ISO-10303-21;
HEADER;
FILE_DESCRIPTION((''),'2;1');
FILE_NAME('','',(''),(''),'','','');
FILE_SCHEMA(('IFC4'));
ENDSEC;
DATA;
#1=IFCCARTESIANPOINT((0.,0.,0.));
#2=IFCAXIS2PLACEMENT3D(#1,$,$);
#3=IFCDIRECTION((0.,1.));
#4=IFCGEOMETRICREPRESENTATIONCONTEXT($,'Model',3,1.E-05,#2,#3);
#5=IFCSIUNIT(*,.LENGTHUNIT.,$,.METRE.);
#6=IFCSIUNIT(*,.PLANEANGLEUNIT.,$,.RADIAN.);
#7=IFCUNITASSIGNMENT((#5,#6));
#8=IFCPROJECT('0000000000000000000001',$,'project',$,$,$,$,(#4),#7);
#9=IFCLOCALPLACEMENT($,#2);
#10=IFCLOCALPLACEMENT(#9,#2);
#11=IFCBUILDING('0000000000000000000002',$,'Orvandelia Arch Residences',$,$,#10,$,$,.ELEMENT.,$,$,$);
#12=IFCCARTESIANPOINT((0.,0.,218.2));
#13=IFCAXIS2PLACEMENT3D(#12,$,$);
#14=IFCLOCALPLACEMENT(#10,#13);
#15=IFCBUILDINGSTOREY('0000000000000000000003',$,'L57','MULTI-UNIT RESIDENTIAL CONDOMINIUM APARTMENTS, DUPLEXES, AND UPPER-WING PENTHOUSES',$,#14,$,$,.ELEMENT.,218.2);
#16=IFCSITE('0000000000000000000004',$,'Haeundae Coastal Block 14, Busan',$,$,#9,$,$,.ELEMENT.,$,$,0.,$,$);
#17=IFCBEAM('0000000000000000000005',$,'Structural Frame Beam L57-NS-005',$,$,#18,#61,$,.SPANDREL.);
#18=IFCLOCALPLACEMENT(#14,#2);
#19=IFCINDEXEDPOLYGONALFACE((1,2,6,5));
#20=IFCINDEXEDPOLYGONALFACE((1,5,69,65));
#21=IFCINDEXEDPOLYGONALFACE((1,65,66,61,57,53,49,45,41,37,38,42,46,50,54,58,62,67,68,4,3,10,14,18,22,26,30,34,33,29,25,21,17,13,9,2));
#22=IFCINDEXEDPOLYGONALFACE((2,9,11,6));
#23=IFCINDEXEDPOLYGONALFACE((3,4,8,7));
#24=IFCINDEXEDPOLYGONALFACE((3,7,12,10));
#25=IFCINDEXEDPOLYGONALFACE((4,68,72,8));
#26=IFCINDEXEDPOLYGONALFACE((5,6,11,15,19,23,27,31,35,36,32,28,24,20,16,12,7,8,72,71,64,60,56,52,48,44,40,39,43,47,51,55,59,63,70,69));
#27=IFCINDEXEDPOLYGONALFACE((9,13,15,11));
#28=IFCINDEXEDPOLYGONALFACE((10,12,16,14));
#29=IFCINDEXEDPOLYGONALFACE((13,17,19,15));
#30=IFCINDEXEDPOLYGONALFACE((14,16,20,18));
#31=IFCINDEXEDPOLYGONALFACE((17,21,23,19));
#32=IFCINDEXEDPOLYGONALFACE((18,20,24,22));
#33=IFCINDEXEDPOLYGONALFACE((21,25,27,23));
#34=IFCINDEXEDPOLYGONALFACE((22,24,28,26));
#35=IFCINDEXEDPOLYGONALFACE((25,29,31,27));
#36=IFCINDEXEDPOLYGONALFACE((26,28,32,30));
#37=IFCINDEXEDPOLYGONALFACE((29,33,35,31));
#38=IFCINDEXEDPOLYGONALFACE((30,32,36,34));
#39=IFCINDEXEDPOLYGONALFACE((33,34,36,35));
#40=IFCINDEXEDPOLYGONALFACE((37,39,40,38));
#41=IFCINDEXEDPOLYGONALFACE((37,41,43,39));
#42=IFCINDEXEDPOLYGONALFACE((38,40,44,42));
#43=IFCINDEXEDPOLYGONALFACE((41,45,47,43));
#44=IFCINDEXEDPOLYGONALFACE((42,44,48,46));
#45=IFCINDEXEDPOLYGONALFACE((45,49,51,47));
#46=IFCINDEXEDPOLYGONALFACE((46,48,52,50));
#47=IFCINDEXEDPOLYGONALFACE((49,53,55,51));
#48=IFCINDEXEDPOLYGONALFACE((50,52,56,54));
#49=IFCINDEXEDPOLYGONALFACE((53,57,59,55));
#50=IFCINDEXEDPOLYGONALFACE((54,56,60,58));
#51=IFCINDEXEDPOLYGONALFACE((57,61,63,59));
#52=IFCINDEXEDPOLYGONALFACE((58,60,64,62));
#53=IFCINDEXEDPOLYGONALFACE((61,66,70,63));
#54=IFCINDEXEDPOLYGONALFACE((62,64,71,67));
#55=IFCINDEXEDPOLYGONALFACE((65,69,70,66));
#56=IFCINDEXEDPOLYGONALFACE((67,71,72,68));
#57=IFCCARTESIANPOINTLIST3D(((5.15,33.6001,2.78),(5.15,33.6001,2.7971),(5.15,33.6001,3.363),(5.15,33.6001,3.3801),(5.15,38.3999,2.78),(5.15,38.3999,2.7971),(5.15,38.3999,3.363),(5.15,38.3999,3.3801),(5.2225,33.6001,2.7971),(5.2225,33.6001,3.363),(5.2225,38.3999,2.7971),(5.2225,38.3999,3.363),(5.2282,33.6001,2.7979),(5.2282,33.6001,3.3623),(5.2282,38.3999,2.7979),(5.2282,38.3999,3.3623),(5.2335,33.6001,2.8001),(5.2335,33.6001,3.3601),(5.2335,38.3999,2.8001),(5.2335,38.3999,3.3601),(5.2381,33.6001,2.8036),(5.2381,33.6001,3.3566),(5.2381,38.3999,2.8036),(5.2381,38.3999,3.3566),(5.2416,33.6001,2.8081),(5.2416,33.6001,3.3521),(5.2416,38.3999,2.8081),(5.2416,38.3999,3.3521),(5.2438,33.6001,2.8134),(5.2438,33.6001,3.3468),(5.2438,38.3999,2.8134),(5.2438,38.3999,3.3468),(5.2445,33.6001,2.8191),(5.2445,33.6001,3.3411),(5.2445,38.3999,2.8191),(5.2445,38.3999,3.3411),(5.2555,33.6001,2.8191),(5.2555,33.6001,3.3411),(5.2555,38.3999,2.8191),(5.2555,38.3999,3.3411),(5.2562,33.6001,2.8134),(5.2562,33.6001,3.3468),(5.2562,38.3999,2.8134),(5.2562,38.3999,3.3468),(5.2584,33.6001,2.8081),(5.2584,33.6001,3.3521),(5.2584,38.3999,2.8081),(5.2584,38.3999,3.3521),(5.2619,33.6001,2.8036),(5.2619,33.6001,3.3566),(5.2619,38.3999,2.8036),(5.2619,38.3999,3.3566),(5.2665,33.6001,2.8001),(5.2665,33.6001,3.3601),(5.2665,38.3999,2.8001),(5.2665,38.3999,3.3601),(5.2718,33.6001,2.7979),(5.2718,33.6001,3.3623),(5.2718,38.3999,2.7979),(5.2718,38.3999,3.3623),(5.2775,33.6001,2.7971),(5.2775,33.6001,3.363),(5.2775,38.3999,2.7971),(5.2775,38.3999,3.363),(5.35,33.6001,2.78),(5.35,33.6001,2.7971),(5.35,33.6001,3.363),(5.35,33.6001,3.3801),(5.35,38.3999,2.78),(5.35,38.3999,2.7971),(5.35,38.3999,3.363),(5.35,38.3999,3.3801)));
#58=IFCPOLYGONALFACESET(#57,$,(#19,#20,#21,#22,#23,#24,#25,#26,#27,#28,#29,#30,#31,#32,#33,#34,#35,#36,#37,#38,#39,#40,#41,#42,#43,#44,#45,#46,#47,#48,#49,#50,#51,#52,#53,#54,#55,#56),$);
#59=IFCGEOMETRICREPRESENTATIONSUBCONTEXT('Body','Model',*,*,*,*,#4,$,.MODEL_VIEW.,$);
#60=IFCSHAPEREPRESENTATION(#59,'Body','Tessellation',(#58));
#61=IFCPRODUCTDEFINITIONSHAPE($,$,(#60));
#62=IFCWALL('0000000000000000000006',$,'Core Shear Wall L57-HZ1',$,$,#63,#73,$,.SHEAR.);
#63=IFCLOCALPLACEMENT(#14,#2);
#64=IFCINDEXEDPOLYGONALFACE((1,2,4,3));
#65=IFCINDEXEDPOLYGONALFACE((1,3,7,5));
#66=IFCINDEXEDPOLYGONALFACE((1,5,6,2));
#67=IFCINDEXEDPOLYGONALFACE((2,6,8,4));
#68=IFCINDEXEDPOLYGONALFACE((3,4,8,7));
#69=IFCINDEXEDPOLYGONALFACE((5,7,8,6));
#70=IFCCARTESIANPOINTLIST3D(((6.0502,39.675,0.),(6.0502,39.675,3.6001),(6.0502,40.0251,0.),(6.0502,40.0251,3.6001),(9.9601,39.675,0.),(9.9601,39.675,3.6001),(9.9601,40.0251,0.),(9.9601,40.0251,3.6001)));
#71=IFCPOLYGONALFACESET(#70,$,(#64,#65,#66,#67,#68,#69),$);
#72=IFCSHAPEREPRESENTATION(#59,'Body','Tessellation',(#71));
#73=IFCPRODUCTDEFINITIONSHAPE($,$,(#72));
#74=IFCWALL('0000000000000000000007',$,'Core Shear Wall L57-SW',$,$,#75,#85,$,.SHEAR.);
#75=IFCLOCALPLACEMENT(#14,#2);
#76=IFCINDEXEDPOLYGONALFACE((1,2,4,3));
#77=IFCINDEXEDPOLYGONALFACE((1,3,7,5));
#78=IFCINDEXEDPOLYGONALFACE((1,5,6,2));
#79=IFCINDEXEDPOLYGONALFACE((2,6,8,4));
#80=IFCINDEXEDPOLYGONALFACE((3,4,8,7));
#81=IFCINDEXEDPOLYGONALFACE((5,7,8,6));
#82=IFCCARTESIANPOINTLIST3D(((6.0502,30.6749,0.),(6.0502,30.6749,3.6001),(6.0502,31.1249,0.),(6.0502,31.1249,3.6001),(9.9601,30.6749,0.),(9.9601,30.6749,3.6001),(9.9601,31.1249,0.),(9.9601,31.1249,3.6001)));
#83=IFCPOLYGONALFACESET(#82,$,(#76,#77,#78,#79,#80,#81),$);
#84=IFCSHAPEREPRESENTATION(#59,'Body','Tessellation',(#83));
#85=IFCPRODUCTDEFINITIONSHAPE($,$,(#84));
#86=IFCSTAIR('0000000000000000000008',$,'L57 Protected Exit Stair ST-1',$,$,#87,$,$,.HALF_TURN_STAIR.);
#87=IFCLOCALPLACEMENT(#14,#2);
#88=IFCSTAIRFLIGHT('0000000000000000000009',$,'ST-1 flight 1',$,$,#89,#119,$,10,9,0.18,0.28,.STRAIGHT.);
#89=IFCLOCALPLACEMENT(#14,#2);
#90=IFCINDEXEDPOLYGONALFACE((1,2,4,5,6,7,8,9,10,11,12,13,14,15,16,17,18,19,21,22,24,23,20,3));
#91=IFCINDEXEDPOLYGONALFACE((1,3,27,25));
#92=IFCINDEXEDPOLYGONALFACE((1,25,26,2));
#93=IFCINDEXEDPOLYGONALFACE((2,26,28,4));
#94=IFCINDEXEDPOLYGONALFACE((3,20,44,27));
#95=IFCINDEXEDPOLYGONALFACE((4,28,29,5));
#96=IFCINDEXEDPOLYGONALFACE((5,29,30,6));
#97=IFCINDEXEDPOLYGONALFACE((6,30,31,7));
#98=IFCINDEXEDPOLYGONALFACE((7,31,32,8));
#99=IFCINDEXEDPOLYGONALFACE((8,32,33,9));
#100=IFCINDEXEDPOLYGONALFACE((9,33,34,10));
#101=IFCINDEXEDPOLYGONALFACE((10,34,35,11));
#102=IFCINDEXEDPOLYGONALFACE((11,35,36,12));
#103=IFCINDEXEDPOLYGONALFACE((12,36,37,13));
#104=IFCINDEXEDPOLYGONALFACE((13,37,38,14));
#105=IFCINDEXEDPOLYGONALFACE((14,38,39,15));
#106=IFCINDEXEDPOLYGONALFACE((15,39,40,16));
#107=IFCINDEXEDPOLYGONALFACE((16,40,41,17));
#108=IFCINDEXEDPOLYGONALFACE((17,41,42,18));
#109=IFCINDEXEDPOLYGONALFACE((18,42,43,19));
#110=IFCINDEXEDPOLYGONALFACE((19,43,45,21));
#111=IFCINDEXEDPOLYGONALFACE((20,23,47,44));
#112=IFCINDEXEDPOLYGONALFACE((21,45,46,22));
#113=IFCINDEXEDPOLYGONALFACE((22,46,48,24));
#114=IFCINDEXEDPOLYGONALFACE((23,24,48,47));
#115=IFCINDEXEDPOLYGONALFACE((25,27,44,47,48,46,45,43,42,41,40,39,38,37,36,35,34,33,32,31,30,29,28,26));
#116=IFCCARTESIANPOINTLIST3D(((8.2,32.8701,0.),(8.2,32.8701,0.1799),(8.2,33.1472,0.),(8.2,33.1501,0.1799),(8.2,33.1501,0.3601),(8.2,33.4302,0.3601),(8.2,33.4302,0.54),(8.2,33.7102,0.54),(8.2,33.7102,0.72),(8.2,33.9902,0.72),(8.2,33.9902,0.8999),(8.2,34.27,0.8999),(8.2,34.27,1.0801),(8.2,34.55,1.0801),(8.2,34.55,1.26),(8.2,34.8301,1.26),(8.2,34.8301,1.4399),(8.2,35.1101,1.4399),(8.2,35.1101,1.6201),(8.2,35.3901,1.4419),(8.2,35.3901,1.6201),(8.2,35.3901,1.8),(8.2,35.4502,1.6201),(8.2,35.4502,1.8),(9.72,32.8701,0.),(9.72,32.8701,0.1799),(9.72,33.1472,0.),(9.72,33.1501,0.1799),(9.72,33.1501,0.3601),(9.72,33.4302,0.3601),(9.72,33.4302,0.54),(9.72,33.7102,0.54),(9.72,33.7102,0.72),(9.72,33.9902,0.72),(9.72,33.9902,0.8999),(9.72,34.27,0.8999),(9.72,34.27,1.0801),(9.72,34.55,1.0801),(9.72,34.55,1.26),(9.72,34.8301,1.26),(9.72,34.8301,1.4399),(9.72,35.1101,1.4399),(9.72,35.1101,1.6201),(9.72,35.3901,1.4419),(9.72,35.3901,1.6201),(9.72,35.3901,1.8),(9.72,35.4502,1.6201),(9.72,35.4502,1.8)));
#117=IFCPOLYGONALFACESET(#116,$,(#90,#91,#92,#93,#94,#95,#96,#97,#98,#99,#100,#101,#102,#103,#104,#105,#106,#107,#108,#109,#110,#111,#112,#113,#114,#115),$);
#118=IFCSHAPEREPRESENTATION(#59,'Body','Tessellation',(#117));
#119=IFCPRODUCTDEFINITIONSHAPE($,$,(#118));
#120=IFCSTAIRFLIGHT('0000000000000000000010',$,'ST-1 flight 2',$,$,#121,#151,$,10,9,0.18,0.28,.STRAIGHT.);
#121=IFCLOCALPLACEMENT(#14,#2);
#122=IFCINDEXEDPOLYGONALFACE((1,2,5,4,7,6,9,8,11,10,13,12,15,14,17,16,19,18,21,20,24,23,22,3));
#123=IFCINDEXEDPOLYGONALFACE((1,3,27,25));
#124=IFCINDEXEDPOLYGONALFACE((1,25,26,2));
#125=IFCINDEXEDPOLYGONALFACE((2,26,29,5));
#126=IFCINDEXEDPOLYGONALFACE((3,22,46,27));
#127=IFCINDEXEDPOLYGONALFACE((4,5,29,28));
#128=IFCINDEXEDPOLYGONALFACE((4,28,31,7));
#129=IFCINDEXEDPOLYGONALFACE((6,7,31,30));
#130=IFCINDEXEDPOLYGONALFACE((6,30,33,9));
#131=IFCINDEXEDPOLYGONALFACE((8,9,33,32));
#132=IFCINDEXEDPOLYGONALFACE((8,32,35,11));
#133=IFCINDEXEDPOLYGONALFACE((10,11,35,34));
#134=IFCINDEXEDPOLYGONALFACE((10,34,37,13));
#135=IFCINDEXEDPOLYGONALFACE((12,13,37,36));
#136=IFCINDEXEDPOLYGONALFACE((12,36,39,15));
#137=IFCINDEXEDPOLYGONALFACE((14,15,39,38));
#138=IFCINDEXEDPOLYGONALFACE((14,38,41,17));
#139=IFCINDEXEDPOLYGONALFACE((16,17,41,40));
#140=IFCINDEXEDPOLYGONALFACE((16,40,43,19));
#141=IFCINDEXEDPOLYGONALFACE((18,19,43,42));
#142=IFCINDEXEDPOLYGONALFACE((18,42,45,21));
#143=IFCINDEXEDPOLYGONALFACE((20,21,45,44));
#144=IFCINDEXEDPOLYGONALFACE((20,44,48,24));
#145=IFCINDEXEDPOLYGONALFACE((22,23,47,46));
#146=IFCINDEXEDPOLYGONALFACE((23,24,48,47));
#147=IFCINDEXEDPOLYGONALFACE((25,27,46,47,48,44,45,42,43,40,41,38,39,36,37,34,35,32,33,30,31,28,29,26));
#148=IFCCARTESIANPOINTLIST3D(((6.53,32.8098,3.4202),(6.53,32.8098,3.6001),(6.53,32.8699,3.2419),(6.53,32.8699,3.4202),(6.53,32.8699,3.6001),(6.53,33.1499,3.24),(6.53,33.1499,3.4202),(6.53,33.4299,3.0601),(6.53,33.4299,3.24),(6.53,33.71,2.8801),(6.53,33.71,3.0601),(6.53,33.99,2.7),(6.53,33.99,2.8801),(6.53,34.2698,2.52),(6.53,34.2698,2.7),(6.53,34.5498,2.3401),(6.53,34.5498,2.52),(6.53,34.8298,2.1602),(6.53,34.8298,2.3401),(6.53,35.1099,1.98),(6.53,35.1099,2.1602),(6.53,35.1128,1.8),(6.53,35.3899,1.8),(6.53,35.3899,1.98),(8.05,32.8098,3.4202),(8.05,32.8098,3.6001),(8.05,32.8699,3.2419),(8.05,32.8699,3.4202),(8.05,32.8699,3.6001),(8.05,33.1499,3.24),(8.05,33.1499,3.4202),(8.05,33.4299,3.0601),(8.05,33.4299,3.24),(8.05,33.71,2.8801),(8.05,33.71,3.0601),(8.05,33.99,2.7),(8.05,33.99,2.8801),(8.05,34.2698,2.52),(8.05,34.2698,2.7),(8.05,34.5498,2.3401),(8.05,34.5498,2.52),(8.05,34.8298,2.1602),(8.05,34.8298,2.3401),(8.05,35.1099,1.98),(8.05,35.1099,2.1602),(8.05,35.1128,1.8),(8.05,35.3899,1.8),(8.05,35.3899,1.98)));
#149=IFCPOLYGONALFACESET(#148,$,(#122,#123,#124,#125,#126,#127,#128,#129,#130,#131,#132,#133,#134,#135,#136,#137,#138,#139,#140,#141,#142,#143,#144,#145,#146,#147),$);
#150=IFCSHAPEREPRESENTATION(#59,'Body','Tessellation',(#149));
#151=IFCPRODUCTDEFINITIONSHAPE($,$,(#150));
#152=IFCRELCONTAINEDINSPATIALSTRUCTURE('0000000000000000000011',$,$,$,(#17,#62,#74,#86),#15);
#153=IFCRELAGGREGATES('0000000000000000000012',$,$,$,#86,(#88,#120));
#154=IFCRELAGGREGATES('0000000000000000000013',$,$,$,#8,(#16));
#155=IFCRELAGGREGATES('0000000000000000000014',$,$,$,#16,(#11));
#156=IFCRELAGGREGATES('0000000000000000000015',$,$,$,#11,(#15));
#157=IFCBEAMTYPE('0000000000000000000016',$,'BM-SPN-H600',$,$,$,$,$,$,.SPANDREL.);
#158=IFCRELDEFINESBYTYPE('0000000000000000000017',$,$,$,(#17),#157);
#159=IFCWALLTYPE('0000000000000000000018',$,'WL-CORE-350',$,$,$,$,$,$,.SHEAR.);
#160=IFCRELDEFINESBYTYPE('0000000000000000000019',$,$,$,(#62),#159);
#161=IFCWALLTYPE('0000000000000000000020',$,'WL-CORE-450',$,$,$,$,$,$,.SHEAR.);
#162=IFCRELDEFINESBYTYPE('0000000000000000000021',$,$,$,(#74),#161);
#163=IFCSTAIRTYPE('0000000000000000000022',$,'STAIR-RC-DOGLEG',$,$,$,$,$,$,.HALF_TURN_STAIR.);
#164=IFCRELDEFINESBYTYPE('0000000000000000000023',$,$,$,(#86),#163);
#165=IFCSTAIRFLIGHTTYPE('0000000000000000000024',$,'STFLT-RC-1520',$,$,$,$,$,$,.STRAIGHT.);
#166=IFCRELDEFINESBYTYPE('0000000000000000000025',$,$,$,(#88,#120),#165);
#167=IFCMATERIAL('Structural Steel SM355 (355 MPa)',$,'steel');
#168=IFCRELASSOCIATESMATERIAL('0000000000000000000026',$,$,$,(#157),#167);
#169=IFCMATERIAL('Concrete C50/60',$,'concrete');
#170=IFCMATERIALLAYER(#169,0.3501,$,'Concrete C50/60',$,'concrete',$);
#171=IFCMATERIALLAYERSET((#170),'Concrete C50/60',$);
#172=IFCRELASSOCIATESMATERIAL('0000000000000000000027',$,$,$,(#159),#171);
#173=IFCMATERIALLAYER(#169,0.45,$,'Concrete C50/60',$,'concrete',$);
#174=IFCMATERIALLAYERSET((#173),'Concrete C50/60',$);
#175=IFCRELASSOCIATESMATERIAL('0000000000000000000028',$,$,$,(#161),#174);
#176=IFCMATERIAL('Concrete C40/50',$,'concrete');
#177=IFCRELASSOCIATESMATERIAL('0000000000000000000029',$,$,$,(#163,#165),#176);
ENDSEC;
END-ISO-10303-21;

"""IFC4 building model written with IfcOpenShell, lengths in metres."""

from ifc_helpers import new_model, si_unit, direction, frame, frame_2d, origin, origin_2d, place, context, subcontext, project, spatial, polyline, rectangle, i_section, outline, extrude, material, layer, layer_set, material_profile, profile_set, type_object, element, aggregate, save


model = new_model("IFC4")

# Units and contexts
model_context = context("Model", 3, precision=1e-05, world=origin(), true_north=direction((0.0, 1.0)))
body_context = subcontext(model_context, "Body", "Model", "MODEL_VIEW")
ifc_project = project(units=[si_unit("LENGTHUNIT", "METRE"), si_unit("PLANEANGLEUNIT", "RADIAN")], contexts=[model_context])

# Site, building, storey
site_placement = place(None, origin())
site = spatial("IfcSite", under=ifc_project, at=site_placement, Name="Haeundae Coastal Block 14, Busan", CompositionType="ELEMENT", RefElevation=0.0)
building_placement = place(site_placement, origin())
building = spatial("IfcBuilding", under=site, at=building_placement, Name="Orvandelia Arch Residences", CompositionType="ELEMENT")
storey_placement = place(building_placement, frame((0.0, 0.0, 218.2)))
storey = spatial("IfcBuildingStorey", under=building, at=storey_placement, Name="L57", Description="MULTI-UNIT RESIDENTIAL CONDOMINIUM APARTMENTS, DUPLEXES, AND UPPER-WING PENTHOUSES", CompositionType="ELEMENT", Elevation=218.2)

# Beam
ifc_material_1 = material(Name="Structural Steel SM355 (355 MPa)", Category="steel")
ifc_material_profile_1 = material_profile(ifc_material_1, i_section(OverallWidth=0.2, OverallDepth=0.6001, WebThickness=0.011, FlangeThickness=0.0171, FilletRadius=0.022, at=origin_2d()), Name="Structural Steel SM355 (355 MPa)", Category="steel")
ifc_profile_set_1 = profile_set([ifc_material_profile_1], Name="Structural Steel SM355 (355 MPa)")
beam_type_1 = type_object("IfcBeamType", Name="BM-SPN-H600", PredefinedType="SPANDREL", material=ifc_profile_set_1)
beam_1_placement = place(storey_placement, frame((5.25, 33.6001, 3.0801), z_axis=(0.0, 1.0, 0.0), x_axis=(-1.0, 0.0, 0.0)))
element("IfcBeam", 1, at=beam_1_placement, inside=storey, type_object=beam_type_1, Name="Structural Frame Beam L57-NS-005", PredefinedType="SPANDREL", context=body_context, shape_type="SweptSolid", body=[
    extrude(i_section(OverallWidth=0.2, OverallDepth=0.6001, WebThickness=0.011, FlangeThickness=0.0171, FilletRadius=0.022, at=origin_2d()), origin(), (0.0, 0.0, 1.0), 4.7998),
])

# Walls
ifc_material_2 = material(Name="Concrete C50/60", Category="concrete")
ifc_layer_1 = layer(ifc_material_2, 0.3501, Name="Concrete C50/60", Category="concrete")
ifc_layer_set_1 = layer_set([ifc_layer_1], Name="Concrete C50/60")
wall_type_1 = type_object("IfcWallType", Name="WL-CORE-350", PredefinedType="SHEAR", material=ifc_layer_set_1)
wall_1_placement = place(storey_placement, frame((6.05, 39.8501, 0.0), z_axis=(0.0, 0.0, 1.0), x_axis=(1.0, 0.0, 0.0)))
element("IfcWall", 2, at=wall_1_placement, inside=storey, type_object=wall_type_1, Name="Core Shear Wall L57-HZ1", PredefinedType="SHEAR", context=body_context, shape_type="SweptSolid", body=[
    extrude(rectangle(XDim=3.9099, YDim=0.3501, at=frame_2d((1.9551, 0.0))), origin(), (0.0, 0.0, 1.0), 3.6001),
])
ifc_layer_2 = layer(ifc_material_2, 0.45, Name="Concrete C50/60", Category="concrete")
ifc_layer_set_2 = layer_set([ifc_layer_2], Name="Concrete C50/60")
wall_type_2 = type_object("IfcWallType", Name="WL-CORE-450", PredefinedType="SHEAR", material=ifc_layer_set_2)
wall_2_placement = place(storey_placement, frame((6.05, 30.8999, 0.0), z_axis=(0.0, 0.0, 1.0), x_axis=(1.0, 0.0, 0.0)))
element("IfcWall", 3, at=wall_2_placement, inside=storey, type_object=wall_type_2, Name="Core Shear Wall L57-SW", PredefinedType="SHEAR", context=body_context, shape_type="SweptSolid", body=[
    extrude(rectangle(XDim=3.9099, YDim=0.45, at=frame_2d((1.9551, 0.0))), origin(), (0.0, 0.0, 1.0), 3.6001),
])

# Stair, stair flights
ifc_material_3 = material(Name="Concrete C40/50", Category="concrete")
stair_type = type_object("IfcStairType", Name="STAIR-RC-DOGLEG", PredefinedType="HALF_TURN_STAIR", material=ifc_material_3)
stair_placement = place(storey_placement, origin())
stair = element("IfcStair", 4, at=stair_placement, inside=storey, type_object=stair_type, Name="L57 Protected Exit Stair ST-1", PredefinedType="HALF_TURN_STAIR")
stair_flight_type = type_object("IfcStairFlightType", Name="STFLT-RC-1520", PredefinedType="STRAIGHT", material=ifc_material_3)
stair_flight_1_placement = place(storey_placement, frame((8.96, 32.8701, 0.0), z_axis=(0.0, 0.0, 1.0), x_axis=(0.0, 1.0, 0.0)))
stair_flight_1 = element("IfcStairFlight", 5, at=stair_flight_1_placement, type_object=stair_flight_type, Name="ST-1 flight 1", NumberOfRisers=10, NumberOfTreads=9, PredefinedType="STRAIGHT", RiserHeight=0.18, TreadLength=0.28, context=body_context, shape_type="SweptSolid", body=[
    extrude(outline(polyline([(0.0, 0.0), (0.0, 0.1799), (0.28, 0.1799), (0.28, 0.3601), (0.5601, 0.3601), (0.5601, 0.54), (0.8401, 0.54), (0.8401, 0.72), (1.1201, 0.72), (1.1201, 0.8999), (1.3999, 0.8999), (1.3999, 1.0801), (1.6799, 1.0801), (1.6799, 1.26), (1.96, 1.26), (1.96, 1.4399), (2.24, 1.4399), (2.24, 1.6201), (2.52, 1.6201), (2.52, 1.8), (2.5801, 1.8), (2.5801, 1.6201), (2.52, 1.4419), (0.2771, 0.0), (0.0, 0.0)])), frame((0.0, 0.76, 0.0), z_axis=(0.0, -1.0, 0.0), x_axis=(1.0, 0.0, 0.0)), (0.0, 0.0, 1.0), 1.52),
])
stair_flight_2_placement = place(storey_placement, frame((7.29, 35.3899, 1.8), z_axis=(0.0, 0.0, 1.0), x_axis=(0.0, -1.0, 0.0)))
stair_flight_2 = element("IfcStairFlight", 6, at=stair_flight_2_placement, type_object=stair_flight_type, Name="ST-1 flight 2", NumberOfRisers=10, NumberOfTreads=9, PredefinedType="STRAIGHT", RiserHeight=0.18, TreadLength=0.28, context=body_context, shape_type="SweptSolid", body=[
    extrude(outline(polyline([(0.0, 0.0), (0.0, 0.1799), (0.28, 0.1799), (0.28, 0.3601), (0.5601, 0.3601), (0.5601, 0.54), (0.8401, 0.54), (0.8401, 0.72), (1.1201, 0.72), (1.1201, 0.8999), (1.3999, 0.8999), (1.3999, 1.0801), (1.6799, 1.0801), (1.6799, 1.26), (1.96, 1.26), (1.96, 1.4399), (2.24, 1.4399), (2.24, 1.6201), (2.52, 1.6201), (2.52, 1.8), (2.5801, 1.8), (2.5801, 1.6201), (2.52, 1.4419), (0.2771, 0.0), (0.0, 0.0)])), frame((0.0, 0.76, 0.0), z_axis=(0.0, -1.0, 0.0), x_axis=(1.0, 0.0, 0.0)), (0.0, 0.0, 1.0), 1.52),
])
aggregate(stair, [stair_flight_1, stair_flight_2])

save(model, "model.ifc")
